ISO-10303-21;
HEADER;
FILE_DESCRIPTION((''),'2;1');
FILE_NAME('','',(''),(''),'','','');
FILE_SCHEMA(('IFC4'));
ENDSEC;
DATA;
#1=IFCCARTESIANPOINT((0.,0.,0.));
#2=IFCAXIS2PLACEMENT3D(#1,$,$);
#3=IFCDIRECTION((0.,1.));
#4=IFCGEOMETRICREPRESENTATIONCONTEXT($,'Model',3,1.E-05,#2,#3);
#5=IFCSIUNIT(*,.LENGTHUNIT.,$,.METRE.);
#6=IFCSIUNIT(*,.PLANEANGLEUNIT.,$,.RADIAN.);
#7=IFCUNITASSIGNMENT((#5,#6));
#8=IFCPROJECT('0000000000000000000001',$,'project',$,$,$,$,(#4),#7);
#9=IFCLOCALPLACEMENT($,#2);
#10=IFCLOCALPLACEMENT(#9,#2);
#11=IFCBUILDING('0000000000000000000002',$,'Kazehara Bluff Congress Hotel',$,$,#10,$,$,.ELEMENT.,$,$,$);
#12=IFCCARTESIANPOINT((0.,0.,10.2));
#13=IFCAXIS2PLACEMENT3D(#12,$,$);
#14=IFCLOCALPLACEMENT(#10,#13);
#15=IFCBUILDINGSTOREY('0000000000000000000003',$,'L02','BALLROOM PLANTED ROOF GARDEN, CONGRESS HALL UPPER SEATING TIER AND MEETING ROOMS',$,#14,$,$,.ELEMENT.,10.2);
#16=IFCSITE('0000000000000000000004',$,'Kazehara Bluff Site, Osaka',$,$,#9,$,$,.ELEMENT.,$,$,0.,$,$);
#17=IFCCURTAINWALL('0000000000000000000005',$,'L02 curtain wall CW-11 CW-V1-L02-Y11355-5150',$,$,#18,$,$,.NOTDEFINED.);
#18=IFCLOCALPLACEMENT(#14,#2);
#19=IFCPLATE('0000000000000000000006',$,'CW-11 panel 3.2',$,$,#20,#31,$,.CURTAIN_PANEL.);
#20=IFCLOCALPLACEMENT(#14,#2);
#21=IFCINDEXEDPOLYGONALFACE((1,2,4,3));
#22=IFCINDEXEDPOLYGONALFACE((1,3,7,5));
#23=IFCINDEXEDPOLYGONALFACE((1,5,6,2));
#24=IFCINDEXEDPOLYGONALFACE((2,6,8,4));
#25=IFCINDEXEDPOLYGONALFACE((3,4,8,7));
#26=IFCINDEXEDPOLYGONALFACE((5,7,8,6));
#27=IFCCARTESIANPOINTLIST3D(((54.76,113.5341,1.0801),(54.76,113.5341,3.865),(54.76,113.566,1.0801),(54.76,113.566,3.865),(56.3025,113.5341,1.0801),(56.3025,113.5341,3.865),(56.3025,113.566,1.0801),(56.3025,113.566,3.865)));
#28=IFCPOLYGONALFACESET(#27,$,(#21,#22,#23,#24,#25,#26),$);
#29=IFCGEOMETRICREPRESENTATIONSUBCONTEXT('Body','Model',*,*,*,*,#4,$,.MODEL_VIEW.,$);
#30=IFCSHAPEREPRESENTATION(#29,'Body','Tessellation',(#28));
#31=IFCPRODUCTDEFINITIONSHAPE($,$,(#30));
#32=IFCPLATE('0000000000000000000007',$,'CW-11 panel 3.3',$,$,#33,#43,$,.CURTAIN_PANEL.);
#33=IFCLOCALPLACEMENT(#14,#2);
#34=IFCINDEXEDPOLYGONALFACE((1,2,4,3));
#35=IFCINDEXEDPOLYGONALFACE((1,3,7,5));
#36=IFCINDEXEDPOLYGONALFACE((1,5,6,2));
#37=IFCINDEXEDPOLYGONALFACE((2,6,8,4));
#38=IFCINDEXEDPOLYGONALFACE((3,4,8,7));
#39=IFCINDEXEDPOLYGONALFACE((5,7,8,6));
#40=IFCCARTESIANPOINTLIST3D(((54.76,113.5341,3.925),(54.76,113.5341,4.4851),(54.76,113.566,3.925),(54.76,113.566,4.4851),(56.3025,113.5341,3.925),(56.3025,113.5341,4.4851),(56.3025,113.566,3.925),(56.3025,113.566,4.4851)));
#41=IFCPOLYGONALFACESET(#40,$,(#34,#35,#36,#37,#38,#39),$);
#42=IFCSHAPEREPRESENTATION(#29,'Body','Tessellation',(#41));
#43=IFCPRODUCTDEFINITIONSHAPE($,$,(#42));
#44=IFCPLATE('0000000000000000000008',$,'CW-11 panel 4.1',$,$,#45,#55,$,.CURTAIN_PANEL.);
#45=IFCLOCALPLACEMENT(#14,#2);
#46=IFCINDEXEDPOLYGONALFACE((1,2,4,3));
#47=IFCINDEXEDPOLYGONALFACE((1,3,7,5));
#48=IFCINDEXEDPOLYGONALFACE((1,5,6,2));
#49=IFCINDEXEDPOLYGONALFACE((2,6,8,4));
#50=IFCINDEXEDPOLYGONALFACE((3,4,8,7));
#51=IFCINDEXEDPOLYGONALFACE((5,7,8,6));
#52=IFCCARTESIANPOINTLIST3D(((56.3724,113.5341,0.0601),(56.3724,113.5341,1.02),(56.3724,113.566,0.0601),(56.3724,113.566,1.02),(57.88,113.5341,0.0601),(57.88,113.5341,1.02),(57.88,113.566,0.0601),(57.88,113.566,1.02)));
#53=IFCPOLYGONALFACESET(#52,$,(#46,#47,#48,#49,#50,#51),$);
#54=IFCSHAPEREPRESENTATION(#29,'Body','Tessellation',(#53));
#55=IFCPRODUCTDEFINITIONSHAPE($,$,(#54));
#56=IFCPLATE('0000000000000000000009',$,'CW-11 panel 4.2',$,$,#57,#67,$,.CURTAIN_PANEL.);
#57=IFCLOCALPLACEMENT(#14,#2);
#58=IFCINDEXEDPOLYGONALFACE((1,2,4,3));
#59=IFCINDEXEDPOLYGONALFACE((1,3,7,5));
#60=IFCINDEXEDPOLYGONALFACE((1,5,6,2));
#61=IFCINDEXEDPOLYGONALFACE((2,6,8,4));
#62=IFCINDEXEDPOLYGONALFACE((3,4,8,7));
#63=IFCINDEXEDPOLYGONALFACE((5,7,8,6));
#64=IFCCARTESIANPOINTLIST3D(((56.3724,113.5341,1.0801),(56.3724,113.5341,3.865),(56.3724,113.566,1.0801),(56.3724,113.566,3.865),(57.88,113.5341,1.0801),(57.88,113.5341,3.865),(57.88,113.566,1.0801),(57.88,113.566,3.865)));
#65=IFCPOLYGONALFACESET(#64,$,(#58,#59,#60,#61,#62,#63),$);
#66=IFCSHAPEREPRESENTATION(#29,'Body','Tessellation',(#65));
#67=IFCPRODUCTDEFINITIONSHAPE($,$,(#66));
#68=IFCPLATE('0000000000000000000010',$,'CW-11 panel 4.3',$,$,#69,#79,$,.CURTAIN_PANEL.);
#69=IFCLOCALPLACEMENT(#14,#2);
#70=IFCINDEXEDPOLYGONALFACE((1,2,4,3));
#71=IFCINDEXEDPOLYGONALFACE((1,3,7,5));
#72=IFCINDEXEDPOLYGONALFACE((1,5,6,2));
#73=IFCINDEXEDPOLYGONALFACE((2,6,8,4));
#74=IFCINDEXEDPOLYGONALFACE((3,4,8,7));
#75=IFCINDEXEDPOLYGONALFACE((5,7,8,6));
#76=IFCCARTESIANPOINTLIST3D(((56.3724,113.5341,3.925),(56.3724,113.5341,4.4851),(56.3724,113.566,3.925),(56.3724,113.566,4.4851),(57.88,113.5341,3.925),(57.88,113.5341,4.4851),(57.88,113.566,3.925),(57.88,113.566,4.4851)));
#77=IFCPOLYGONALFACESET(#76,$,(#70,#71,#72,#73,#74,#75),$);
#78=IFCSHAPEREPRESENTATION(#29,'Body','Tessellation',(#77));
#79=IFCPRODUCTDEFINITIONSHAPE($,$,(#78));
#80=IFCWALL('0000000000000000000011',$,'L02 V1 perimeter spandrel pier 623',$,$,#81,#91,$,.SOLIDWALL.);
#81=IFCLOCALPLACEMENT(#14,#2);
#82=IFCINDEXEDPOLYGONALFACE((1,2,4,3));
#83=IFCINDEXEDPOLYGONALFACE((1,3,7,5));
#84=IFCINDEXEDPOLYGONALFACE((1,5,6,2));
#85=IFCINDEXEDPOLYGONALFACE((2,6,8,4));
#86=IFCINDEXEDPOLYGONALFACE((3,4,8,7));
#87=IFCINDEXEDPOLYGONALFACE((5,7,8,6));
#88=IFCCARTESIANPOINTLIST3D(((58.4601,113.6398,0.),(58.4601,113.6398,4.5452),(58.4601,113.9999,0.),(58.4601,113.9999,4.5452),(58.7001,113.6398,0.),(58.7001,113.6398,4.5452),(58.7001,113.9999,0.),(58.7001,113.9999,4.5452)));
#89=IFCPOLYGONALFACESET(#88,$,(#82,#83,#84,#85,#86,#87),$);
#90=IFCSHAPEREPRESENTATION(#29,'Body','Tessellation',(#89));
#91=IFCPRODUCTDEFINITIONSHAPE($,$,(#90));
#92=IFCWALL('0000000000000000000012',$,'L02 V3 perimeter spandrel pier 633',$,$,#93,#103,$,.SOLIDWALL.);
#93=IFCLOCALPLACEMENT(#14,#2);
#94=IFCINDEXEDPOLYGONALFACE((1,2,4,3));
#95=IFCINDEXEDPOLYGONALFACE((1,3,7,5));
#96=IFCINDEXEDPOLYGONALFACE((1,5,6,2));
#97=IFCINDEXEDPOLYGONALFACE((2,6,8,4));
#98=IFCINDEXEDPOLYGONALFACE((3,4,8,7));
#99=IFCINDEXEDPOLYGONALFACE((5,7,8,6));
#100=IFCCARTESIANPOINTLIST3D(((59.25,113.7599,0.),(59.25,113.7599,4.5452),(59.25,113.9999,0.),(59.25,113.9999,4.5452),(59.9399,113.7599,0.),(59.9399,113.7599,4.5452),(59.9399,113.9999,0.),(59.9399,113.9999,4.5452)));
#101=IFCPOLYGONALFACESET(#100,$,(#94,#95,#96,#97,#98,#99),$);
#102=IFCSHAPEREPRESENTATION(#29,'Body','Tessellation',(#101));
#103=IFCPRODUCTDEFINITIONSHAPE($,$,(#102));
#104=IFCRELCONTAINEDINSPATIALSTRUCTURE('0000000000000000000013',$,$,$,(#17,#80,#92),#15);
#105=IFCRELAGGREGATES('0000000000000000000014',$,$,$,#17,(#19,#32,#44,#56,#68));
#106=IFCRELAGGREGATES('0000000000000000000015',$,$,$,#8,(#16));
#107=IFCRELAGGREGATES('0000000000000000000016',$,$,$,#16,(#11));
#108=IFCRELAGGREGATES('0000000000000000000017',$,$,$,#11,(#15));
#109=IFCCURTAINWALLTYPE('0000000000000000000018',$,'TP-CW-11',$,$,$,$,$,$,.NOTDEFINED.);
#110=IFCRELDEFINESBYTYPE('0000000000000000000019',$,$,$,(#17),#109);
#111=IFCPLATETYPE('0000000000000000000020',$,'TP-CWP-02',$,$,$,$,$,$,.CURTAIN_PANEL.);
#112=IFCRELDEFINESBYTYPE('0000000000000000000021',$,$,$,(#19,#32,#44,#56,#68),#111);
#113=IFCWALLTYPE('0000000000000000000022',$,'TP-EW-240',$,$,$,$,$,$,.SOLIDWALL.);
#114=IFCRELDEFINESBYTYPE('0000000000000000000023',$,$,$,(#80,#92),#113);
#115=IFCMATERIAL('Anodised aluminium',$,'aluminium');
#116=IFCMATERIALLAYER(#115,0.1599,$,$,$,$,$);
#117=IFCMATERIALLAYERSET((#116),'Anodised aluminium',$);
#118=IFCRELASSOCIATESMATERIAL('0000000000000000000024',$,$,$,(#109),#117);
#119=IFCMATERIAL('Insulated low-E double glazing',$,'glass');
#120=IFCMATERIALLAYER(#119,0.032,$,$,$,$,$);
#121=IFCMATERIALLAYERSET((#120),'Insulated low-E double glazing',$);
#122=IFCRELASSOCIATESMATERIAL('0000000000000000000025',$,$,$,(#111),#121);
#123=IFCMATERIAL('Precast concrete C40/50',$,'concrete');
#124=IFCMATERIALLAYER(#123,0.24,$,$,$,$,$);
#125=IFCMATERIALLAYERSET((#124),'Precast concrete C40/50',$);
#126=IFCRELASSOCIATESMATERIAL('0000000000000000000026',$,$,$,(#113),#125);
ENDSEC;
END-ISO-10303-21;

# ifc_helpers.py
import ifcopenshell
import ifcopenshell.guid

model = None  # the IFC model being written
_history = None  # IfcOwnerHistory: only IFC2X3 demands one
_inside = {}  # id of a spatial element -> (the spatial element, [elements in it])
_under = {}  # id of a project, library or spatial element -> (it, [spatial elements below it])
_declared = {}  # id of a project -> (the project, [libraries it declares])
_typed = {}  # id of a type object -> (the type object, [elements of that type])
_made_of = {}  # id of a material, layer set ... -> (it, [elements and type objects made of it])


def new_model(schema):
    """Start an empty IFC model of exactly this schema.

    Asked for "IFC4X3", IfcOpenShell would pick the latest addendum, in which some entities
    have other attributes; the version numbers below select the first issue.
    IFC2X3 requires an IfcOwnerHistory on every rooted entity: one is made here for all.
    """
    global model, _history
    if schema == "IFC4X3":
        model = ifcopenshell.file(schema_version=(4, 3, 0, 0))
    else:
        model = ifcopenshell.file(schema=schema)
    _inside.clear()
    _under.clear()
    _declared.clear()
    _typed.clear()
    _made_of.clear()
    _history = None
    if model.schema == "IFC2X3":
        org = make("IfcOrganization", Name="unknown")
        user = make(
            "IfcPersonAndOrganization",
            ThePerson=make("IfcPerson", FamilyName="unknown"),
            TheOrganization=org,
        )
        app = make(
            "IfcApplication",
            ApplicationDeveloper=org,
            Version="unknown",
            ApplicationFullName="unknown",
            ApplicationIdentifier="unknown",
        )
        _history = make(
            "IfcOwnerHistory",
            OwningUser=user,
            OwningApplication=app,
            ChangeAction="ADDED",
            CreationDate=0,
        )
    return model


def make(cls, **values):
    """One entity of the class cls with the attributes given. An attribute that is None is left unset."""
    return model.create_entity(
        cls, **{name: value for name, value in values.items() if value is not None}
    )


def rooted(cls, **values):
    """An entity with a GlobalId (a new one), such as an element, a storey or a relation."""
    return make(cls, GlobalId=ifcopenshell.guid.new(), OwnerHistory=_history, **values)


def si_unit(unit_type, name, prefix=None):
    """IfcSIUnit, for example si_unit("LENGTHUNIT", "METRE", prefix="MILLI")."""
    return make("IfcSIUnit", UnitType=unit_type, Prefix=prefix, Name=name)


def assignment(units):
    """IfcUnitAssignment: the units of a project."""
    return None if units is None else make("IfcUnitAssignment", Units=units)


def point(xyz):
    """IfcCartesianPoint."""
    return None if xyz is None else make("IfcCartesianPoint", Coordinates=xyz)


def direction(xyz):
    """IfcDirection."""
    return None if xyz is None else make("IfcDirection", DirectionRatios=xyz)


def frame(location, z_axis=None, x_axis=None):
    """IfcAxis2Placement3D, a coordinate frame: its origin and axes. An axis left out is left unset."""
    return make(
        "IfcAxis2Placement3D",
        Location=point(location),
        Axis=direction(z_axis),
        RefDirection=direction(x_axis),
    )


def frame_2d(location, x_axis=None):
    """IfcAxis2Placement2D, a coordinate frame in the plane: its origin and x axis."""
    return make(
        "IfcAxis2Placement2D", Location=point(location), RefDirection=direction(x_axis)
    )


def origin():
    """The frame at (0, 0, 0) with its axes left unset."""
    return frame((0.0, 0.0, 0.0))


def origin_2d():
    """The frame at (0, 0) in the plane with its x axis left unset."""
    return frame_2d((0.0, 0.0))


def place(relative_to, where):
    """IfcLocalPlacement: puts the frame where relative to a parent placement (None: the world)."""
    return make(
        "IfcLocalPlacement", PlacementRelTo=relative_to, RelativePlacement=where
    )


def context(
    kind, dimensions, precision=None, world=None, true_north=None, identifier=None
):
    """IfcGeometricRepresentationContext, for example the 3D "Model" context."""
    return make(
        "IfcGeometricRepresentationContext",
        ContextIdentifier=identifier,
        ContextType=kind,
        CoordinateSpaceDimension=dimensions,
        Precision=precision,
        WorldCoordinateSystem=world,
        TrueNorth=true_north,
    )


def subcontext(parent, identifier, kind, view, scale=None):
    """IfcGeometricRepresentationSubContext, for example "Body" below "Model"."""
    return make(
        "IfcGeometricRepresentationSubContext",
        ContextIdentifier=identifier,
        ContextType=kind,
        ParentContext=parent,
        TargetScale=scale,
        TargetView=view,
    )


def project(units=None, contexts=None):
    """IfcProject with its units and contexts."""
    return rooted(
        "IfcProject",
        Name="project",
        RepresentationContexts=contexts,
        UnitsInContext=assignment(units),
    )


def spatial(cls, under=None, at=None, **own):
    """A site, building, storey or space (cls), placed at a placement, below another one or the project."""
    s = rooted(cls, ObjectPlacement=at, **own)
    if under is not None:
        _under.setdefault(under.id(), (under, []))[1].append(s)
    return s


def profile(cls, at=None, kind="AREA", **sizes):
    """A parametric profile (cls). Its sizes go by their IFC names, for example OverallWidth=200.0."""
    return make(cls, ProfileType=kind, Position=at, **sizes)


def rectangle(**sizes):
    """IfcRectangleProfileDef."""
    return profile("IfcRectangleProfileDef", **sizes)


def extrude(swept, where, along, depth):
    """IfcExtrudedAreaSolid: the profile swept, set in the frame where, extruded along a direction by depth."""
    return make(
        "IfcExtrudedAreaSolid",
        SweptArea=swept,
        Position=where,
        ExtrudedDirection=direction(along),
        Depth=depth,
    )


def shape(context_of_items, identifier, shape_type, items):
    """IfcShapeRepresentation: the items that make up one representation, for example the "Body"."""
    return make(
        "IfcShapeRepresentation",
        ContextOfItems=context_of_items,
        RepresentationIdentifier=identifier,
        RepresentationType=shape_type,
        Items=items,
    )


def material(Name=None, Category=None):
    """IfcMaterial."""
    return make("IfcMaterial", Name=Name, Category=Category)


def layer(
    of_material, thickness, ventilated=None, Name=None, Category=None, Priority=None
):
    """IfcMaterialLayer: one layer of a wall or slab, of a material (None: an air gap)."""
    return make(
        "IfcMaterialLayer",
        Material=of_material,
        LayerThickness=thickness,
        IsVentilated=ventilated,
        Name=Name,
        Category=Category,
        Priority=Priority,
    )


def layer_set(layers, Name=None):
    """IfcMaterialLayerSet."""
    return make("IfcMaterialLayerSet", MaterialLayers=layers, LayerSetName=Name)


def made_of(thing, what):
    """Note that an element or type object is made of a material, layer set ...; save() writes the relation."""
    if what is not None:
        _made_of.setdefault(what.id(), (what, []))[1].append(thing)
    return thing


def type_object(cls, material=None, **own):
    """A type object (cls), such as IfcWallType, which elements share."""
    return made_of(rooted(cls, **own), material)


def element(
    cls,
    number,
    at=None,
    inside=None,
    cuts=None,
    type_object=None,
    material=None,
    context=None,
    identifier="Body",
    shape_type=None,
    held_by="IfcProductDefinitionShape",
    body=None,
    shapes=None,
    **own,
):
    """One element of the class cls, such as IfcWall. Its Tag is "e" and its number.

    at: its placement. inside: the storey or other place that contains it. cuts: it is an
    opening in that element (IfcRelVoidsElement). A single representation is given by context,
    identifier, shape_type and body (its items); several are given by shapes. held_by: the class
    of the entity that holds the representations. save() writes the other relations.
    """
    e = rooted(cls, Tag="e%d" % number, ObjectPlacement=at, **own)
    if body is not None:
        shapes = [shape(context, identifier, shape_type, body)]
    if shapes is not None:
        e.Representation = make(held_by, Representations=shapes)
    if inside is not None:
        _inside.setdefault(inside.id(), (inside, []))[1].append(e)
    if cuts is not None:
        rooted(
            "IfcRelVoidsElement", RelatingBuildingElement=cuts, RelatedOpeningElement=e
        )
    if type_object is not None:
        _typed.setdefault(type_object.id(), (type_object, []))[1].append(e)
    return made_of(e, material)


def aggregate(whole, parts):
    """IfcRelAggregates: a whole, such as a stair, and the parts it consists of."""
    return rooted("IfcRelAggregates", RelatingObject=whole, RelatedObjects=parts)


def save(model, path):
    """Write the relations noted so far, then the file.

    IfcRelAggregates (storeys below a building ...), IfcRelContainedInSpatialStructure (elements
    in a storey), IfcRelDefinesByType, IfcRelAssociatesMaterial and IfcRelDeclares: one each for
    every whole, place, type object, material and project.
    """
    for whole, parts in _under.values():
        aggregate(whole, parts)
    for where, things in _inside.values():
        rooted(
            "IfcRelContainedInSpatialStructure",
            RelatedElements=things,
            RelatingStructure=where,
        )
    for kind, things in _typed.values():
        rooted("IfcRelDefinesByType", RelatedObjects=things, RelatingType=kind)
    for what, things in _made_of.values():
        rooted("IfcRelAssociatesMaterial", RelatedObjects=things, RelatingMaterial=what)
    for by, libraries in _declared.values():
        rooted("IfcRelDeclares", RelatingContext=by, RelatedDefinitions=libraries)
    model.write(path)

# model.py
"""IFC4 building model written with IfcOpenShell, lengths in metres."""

from ifc_helpers import new_model, si_unit, direction, frame, frame_2d, origin, origin_2d, place, context, subcontext, project, spatial, rectangle, extrude, material, layer, layer_set, type_object, element, aggregate, save


model = new_model("IFC4")

# Units and contexts
model_context = context("Model", 3, precision=1e-05, world=origin(), true_north=direction((0.0, 1.0)))
body_context = subcontext(model_context, "Body", "Model", "MODEL_VIEW")
ifc_project = project(units=[si_unit("LENGTHUNIT", "METRE"), si_unit("PLANEANGLEUNIT", "RADIAN")], contexts=[model_context])

# Site, building, storey
site_placement = place(None, origin())
site = spatial("IfcSite", under=ifc_project, at=site_placement, Name="Kazehara Bluff Site, Osaka", CompositionType="ELEMENT", RefElevation=0.0)
building_placement = place(site_placement, origin())
building = spatial("IfcBuilding", under=site, at=building_placement, Name="Kazehara Bluff Congress Hotel", CompositionType="ELEMENT")
storey_placement = place(building_placement, frame((0.0, 0.0, 10.2)))
storey = spatial("IfcBuildingStorey", under=building, at=storey_placement, Name="L02", Description="BALLROOM PLANTED ROOF GARDEN, CONGRESS HALL UPPER SEATING TIER AND MEETING ROOMS", CompositionType="ELEMENT", Elevation=10.2)

# Curtain wall, plates
ifc_material_1 = material(Name="Anodised aluminium", Category="aluminium")
ifc_layer_1 = layer(ifc_material_1, 0.1599)
ifc_layer_set_1 = layer_set([ifc_layer_1], Name="Anodised aluminium")
curtain_wall_type = type_object("IfcCurtainWallType", Name="TP-CW-11", PredefinedType="NOTDEFINED", material=ifc_layer_set_1)
curtain_wall_placement = place(storey_placement, origin())
curtain_wall = element("IfcCurtainWall", 1, at=curtain_wall_placement, inside=storey, type_object=curtain_wall_type, Name="L02 curtain wall CW-11 CW-V1-L02-Y11355-5150", PredefinedType="NOTDEFINED")
ifc_material_2 = material(Name="Insulated low-E double glazing", Category="glass")
ifc_layer_2 = layer(ifc_material_2, 0.032)
ifc_layer_set_2 = layer_set([ifc_layer_2], Name="Insulated low-E double glazing")
plate_type = type_object("IfcPlateType", Name="TP-CWP-02", PredefinedType="CURTAIN_PANEL", material=ifc_layer_set_2)
plate_1_placement = place(storey_placement, frame((55.5312, 113.55, 1.0801), z_axis=(0.0, 0.0, 1.0), x_axis=(1.0, 0.0, 0.0)))
plate_1 = element("IfcPlate", 2, at=plate_1_placement, type_object=plate_type, Name="CW-11 panel 3.2", PredefinedType="CURTAIN_PANEL", context=body_context, shape_type="SweptSolid", body=[
    extrude(rectangle(XDim=1.5425, YDim=0.032, at=origin_2d()), origin(), (0.0, 0.0, 1.0), 2.7849),
])
plate_2_placement = place(storey_placement, frame((55.5312, 113.55, 3.925), z_axis=(0.0, 0.0, 1.0), x_axis=(1.0, 0.0, 0.0)))
plate_2 = element("IfcPlate", 3, at=plate_2_placement, type_object=plate_type, Name="CW-11 panel 3.3", PredefinedType="CURTAIN_PANEL", context=body_context, shape_type="SweptSolid", body=[
    extrude(rectangle(XDim=1.5425, YDim=0.032, at=origin_2d()), origin(), (0.0, 0.0, 1.0), 0.5601),
])
plate_3_placement = place(storey_placement, frame((57.1262, 113.55, 0.0601), z_axis=(0.0, 0.0, 1.0), x_axis=(1.0, 0.0, 0.0)))
plate_3 = element("IfcPlate", 4, at=plate_3_placement, type_object=plate_type, Name="CW-11 panel 4.1", PredefinedType="CURTAIN_PANEL", context=body_context, shape_type="SweptSolid", body=[
    extrude(rectangle(XDim=1.5076, YDim=0.032, at=origin_2d()), origin(), (0.0, 0.0, 1.0), 0.96),
])
plate_4_placement = place(storey_placement, frame((57.1262, 113.55, 1.0801), z_axis=(0.0, 0.0, 1.0), x_axis=(1.0, 0.0, 0.0)))
plate_4 = element("IfcPlate", 5, at=plate_4_placement, type_object=plate_type, Name="CW-11 panel 4.2", PredefinedType="CURTAIN_PANEL", context=body_context, shape_type="SweptSolid", body=[
    extrude(rectangle(XDim=1.5076, YDim=0.032, at=origin_2d()), origin(), (0.0, 0.0, 1.0), 2.7849),
])
plate_5_placement = place(storey_placement, frame((57.1262, 113.55, 3.925), z_axis=(0.0, 0.0, 1.0), x_axis=(1.0, 0.0, 0.0)))
plate_5 = element("IfcPlate", 6, at=plate_5_placement, type_object=plate_type, Name="CW-11 panel 4.3", PredefinedType="CURTAIN_PANEL", context=body_context, shape_type="SweptSolid", body=[
    extrude(rectangle(XDim=1.5076, YDim=0.032, at=origin_2d()), origin(), (0.0, 0.0, 1.0), 0.5601),
])
aggregate(curtain_wall, [plate_1, plate_2, plate_3, plate_4, plate_5])

# Walls
ifc_material_3 = material(Name="Precast concrete C40/50", Category="concrete")
ifc_layer_3 = layer(ifc_material_3, 0.24)
ifc_layer_set_3 = layer_set([ifc_layer_3], Name="Precast concrete C40/50")
wall_type = type_object("IfcWallType", Name="TP-EW-240", PredefinedType="SOLIDWALL", material=ifc_layer_set_3)
wall_1_placement = place(storey_placement, frame((58.5801, 114.0, 0.0), z_axis=(0.0, 0.0, 1.0), x_axis=(0.0, -1.0, 0.0)))
element("IfcWall", 7, at=wall_1_placement, inside=storey, type_object=wall_type, Name="L02 V1 perimeter spandrel pier 623", PredefinedType="SOLIDWALL", context=body_context, shape_type="SweptSolid", body=[
    extrude(rectangle(XDim=0.3601, YDim=0.24, at=frame_2d((0.1802, 0.0))), origin(), (0.0, 0.0, 1.0), 4.5452),
])
wall_2_placement = place(storey_placement, frame((59.25, 113.8799, 0.0), z_axis=(0.0, 0.0, 1.0), x_axis=(1.0, 0.0, 0.0)))
element("IfcWall", 8, at=wall_2_placement, inside=storey, type_object=wall_type, Name="L02 V3 perimeter spandrel pier 633", PredefinedType="SOLIDWALL", context=body_context, shape_type="SweptSolid", body=[
    extrude(rectangle(XDim=0.6899, YDim=0.24, at=frame_2d((0.345, 0.0))), origin(), (0.0, 0.0, 1.0), 4.5452),
])

save(model, "model.ifc")
